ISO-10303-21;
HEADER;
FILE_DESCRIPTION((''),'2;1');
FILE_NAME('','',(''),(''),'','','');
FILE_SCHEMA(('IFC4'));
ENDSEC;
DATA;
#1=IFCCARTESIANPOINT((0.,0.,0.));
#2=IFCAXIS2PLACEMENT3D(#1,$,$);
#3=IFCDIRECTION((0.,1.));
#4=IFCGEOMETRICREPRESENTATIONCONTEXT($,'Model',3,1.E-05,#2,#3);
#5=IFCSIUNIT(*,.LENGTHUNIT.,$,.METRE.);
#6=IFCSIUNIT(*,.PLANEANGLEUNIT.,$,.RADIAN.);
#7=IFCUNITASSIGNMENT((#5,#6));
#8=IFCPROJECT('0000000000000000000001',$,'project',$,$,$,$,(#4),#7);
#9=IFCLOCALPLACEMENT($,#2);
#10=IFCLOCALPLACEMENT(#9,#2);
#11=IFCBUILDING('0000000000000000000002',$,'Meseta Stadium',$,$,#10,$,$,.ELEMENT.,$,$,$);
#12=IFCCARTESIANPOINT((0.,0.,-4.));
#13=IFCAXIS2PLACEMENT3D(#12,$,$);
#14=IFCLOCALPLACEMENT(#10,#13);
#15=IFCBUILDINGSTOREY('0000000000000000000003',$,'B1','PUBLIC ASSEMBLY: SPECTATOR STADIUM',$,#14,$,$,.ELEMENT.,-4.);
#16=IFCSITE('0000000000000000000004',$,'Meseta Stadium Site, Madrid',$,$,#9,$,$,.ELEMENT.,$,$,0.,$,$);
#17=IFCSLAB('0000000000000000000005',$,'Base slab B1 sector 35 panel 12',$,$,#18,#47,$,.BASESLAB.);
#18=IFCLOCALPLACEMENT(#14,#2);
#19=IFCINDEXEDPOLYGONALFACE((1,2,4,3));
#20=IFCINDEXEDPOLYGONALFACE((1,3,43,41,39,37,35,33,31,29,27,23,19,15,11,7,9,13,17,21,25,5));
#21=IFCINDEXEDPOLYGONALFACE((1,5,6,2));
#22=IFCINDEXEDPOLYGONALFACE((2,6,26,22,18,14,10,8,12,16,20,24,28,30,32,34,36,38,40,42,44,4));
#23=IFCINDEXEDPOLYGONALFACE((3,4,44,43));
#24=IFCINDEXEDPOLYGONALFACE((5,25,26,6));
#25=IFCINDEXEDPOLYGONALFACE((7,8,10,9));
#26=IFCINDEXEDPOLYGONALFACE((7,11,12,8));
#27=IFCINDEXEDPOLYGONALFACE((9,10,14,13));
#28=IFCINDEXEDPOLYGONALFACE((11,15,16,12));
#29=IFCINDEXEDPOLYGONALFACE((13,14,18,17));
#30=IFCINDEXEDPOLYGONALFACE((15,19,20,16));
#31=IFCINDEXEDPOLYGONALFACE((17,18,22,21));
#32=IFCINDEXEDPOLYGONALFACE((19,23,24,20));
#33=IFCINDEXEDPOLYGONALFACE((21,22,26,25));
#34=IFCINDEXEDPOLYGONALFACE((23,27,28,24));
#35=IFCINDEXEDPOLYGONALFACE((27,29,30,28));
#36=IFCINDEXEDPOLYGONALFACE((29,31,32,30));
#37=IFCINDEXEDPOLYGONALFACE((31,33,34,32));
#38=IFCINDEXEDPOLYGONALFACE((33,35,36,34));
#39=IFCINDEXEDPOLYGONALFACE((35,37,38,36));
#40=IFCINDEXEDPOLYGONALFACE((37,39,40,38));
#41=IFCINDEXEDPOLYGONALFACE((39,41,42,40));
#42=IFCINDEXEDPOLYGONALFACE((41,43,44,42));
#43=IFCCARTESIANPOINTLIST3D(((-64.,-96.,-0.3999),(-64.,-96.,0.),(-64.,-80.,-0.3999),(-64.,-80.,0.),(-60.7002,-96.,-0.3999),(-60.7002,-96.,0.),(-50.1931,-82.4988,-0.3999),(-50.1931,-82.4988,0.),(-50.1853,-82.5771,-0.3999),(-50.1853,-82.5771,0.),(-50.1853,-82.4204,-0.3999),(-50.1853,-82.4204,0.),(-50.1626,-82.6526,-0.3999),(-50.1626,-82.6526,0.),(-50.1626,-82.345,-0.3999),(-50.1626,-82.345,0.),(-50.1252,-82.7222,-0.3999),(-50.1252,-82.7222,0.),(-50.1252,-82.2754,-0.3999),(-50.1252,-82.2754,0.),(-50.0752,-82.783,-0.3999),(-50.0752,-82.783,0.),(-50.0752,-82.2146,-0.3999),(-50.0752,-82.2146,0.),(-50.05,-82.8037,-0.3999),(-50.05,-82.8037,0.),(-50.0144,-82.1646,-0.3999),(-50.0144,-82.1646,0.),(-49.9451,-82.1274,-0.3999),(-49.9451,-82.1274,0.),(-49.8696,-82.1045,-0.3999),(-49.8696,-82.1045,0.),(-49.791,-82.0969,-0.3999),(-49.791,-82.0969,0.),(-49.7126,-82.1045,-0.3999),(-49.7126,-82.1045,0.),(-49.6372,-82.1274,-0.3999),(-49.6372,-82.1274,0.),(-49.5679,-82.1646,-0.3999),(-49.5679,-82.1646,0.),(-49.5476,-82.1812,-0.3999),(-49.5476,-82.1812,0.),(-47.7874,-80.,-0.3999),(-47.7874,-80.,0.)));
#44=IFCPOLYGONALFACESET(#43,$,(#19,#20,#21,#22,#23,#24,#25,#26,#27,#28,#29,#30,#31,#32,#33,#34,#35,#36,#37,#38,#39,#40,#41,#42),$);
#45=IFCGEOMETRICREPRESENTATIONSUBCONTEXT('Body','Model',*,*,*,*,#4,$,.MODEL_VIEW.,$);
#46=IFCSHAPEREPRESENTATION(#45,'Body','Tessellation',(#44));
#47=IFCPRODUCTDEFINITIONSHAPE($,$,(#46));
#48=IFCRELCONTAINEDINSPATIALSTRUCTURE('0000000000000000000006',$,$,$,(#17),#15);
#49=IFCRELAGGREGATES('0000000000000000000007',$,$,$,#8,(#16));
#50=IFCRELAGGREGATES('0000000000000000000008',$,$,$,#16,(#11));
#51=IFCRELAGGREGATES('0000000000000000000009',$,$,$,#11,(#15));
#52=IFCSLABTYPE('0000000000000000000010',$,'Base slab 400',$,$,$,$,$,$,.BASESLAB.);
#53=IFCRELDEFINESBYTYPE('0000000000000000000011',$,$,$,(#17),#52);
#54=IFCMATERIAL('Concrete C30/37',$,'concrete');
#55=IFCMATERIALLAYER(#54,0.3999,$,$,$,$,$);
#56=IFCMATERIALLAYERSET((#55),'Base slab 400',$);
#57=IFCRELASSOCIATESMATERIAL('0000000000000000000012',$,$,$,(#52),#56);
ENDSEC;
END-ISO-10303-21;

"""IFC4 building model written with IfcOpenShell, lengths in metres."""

from ifc_helpers import new_model, si_unit, direction, frame, origin, place, context, subcontext, project, spatial, polyline, outline, extrude, material, layer, layer_set, type_object, element, save


model = new_model("IFC4")

# Units and contexts
model_context = context("Model", 3, precision=1e-05, world=origin(), true_north=direction((0.0, 1.0)))
body_context = subcontext(model_context, "Body", "Model", "MODEL_VIEW")
ifc_project = project(units=[si_unit("LENGTHUNIT", "METRE"), si_unit("PLANEANGLEUNIT", "RADIAN")], contexts=[model_context])

# Site, building, storey
site_placement = place(None, origin())
site = spatial("IfcSite", under=ifc_project, at=site_placement, Name="Meseta Stadium Site, Madrid", CompositionType="ELEMENT", RefElevation=0.0)
building_placement = place(site_placement, origin())
building = spatial("IfcBuilding", under=site, at=building_placement, Name="Meseta Stadium", CompositionType="ELEMENT")
storey_placement = place(building_placement, frame((0.0, 0.0, -4.0)))
storey = spatial("IfcBuildingStorey", under=building, at=storey_placement, Name="B1", Description="PUBLIC ASSEMBLY: SPECTATOR STADIUM", CompositionType="ELEMENT", Elevation=-4.0)

# Slab
ifc_material = material(Name="Concrete C30/37", Category="concrete")
ifc_layer = layer(ifc_material, 0.3999)
ifc_layer_set = layer_set([ifc_layer], Name="Base slab 400")
slab_type = type_object("IfcSlabType", Name="Base slab 400", PredefinedType="BASESLAB", material=ifc_layer_set)
slab_1_placement = place(storey_placement, frame((0.0, 0.0, -0.3999)))
element("IfcSlab", 1, at=slab_1_placement, inside=storey, type_object=slab_type, Name="Base slab B1 sector 35 panel 12", PredefinedType="BASESLAB", context=body_context, shape_type="SweptSolid", body=[
    extrude(outline(polyline([(-49.5476, -82.1812), (-47.7874, -80.0), (-64.0, -80.0), (-64.0, -96.0), (-60.7002, -96.0), (-50.05, -82.8037), (-50.0752, -82.783), (-50.1252, -82.7222), (-50.1626, -82.6526), (-50.1853, -82.5771), (-50.1931, -82.4988), (-50.1853, -82.4204), (-50.1626, -82.345), (-50.1252, -82.2754), (-50.0752, -82.2146), (-50.0144, -82.1646), (-49.9451, -82.1274), (-49.8696, -82.1045), (-49.791, -82.0969), (-49.7126, -82.1045), (-49.6372, -82.1274), (-49.5679, -82.1646), (-49.5476, -82.1812)])), origin(), (0.0, 0.0, 1.0), 0.3999),
])

save(model, "model.ifc")
